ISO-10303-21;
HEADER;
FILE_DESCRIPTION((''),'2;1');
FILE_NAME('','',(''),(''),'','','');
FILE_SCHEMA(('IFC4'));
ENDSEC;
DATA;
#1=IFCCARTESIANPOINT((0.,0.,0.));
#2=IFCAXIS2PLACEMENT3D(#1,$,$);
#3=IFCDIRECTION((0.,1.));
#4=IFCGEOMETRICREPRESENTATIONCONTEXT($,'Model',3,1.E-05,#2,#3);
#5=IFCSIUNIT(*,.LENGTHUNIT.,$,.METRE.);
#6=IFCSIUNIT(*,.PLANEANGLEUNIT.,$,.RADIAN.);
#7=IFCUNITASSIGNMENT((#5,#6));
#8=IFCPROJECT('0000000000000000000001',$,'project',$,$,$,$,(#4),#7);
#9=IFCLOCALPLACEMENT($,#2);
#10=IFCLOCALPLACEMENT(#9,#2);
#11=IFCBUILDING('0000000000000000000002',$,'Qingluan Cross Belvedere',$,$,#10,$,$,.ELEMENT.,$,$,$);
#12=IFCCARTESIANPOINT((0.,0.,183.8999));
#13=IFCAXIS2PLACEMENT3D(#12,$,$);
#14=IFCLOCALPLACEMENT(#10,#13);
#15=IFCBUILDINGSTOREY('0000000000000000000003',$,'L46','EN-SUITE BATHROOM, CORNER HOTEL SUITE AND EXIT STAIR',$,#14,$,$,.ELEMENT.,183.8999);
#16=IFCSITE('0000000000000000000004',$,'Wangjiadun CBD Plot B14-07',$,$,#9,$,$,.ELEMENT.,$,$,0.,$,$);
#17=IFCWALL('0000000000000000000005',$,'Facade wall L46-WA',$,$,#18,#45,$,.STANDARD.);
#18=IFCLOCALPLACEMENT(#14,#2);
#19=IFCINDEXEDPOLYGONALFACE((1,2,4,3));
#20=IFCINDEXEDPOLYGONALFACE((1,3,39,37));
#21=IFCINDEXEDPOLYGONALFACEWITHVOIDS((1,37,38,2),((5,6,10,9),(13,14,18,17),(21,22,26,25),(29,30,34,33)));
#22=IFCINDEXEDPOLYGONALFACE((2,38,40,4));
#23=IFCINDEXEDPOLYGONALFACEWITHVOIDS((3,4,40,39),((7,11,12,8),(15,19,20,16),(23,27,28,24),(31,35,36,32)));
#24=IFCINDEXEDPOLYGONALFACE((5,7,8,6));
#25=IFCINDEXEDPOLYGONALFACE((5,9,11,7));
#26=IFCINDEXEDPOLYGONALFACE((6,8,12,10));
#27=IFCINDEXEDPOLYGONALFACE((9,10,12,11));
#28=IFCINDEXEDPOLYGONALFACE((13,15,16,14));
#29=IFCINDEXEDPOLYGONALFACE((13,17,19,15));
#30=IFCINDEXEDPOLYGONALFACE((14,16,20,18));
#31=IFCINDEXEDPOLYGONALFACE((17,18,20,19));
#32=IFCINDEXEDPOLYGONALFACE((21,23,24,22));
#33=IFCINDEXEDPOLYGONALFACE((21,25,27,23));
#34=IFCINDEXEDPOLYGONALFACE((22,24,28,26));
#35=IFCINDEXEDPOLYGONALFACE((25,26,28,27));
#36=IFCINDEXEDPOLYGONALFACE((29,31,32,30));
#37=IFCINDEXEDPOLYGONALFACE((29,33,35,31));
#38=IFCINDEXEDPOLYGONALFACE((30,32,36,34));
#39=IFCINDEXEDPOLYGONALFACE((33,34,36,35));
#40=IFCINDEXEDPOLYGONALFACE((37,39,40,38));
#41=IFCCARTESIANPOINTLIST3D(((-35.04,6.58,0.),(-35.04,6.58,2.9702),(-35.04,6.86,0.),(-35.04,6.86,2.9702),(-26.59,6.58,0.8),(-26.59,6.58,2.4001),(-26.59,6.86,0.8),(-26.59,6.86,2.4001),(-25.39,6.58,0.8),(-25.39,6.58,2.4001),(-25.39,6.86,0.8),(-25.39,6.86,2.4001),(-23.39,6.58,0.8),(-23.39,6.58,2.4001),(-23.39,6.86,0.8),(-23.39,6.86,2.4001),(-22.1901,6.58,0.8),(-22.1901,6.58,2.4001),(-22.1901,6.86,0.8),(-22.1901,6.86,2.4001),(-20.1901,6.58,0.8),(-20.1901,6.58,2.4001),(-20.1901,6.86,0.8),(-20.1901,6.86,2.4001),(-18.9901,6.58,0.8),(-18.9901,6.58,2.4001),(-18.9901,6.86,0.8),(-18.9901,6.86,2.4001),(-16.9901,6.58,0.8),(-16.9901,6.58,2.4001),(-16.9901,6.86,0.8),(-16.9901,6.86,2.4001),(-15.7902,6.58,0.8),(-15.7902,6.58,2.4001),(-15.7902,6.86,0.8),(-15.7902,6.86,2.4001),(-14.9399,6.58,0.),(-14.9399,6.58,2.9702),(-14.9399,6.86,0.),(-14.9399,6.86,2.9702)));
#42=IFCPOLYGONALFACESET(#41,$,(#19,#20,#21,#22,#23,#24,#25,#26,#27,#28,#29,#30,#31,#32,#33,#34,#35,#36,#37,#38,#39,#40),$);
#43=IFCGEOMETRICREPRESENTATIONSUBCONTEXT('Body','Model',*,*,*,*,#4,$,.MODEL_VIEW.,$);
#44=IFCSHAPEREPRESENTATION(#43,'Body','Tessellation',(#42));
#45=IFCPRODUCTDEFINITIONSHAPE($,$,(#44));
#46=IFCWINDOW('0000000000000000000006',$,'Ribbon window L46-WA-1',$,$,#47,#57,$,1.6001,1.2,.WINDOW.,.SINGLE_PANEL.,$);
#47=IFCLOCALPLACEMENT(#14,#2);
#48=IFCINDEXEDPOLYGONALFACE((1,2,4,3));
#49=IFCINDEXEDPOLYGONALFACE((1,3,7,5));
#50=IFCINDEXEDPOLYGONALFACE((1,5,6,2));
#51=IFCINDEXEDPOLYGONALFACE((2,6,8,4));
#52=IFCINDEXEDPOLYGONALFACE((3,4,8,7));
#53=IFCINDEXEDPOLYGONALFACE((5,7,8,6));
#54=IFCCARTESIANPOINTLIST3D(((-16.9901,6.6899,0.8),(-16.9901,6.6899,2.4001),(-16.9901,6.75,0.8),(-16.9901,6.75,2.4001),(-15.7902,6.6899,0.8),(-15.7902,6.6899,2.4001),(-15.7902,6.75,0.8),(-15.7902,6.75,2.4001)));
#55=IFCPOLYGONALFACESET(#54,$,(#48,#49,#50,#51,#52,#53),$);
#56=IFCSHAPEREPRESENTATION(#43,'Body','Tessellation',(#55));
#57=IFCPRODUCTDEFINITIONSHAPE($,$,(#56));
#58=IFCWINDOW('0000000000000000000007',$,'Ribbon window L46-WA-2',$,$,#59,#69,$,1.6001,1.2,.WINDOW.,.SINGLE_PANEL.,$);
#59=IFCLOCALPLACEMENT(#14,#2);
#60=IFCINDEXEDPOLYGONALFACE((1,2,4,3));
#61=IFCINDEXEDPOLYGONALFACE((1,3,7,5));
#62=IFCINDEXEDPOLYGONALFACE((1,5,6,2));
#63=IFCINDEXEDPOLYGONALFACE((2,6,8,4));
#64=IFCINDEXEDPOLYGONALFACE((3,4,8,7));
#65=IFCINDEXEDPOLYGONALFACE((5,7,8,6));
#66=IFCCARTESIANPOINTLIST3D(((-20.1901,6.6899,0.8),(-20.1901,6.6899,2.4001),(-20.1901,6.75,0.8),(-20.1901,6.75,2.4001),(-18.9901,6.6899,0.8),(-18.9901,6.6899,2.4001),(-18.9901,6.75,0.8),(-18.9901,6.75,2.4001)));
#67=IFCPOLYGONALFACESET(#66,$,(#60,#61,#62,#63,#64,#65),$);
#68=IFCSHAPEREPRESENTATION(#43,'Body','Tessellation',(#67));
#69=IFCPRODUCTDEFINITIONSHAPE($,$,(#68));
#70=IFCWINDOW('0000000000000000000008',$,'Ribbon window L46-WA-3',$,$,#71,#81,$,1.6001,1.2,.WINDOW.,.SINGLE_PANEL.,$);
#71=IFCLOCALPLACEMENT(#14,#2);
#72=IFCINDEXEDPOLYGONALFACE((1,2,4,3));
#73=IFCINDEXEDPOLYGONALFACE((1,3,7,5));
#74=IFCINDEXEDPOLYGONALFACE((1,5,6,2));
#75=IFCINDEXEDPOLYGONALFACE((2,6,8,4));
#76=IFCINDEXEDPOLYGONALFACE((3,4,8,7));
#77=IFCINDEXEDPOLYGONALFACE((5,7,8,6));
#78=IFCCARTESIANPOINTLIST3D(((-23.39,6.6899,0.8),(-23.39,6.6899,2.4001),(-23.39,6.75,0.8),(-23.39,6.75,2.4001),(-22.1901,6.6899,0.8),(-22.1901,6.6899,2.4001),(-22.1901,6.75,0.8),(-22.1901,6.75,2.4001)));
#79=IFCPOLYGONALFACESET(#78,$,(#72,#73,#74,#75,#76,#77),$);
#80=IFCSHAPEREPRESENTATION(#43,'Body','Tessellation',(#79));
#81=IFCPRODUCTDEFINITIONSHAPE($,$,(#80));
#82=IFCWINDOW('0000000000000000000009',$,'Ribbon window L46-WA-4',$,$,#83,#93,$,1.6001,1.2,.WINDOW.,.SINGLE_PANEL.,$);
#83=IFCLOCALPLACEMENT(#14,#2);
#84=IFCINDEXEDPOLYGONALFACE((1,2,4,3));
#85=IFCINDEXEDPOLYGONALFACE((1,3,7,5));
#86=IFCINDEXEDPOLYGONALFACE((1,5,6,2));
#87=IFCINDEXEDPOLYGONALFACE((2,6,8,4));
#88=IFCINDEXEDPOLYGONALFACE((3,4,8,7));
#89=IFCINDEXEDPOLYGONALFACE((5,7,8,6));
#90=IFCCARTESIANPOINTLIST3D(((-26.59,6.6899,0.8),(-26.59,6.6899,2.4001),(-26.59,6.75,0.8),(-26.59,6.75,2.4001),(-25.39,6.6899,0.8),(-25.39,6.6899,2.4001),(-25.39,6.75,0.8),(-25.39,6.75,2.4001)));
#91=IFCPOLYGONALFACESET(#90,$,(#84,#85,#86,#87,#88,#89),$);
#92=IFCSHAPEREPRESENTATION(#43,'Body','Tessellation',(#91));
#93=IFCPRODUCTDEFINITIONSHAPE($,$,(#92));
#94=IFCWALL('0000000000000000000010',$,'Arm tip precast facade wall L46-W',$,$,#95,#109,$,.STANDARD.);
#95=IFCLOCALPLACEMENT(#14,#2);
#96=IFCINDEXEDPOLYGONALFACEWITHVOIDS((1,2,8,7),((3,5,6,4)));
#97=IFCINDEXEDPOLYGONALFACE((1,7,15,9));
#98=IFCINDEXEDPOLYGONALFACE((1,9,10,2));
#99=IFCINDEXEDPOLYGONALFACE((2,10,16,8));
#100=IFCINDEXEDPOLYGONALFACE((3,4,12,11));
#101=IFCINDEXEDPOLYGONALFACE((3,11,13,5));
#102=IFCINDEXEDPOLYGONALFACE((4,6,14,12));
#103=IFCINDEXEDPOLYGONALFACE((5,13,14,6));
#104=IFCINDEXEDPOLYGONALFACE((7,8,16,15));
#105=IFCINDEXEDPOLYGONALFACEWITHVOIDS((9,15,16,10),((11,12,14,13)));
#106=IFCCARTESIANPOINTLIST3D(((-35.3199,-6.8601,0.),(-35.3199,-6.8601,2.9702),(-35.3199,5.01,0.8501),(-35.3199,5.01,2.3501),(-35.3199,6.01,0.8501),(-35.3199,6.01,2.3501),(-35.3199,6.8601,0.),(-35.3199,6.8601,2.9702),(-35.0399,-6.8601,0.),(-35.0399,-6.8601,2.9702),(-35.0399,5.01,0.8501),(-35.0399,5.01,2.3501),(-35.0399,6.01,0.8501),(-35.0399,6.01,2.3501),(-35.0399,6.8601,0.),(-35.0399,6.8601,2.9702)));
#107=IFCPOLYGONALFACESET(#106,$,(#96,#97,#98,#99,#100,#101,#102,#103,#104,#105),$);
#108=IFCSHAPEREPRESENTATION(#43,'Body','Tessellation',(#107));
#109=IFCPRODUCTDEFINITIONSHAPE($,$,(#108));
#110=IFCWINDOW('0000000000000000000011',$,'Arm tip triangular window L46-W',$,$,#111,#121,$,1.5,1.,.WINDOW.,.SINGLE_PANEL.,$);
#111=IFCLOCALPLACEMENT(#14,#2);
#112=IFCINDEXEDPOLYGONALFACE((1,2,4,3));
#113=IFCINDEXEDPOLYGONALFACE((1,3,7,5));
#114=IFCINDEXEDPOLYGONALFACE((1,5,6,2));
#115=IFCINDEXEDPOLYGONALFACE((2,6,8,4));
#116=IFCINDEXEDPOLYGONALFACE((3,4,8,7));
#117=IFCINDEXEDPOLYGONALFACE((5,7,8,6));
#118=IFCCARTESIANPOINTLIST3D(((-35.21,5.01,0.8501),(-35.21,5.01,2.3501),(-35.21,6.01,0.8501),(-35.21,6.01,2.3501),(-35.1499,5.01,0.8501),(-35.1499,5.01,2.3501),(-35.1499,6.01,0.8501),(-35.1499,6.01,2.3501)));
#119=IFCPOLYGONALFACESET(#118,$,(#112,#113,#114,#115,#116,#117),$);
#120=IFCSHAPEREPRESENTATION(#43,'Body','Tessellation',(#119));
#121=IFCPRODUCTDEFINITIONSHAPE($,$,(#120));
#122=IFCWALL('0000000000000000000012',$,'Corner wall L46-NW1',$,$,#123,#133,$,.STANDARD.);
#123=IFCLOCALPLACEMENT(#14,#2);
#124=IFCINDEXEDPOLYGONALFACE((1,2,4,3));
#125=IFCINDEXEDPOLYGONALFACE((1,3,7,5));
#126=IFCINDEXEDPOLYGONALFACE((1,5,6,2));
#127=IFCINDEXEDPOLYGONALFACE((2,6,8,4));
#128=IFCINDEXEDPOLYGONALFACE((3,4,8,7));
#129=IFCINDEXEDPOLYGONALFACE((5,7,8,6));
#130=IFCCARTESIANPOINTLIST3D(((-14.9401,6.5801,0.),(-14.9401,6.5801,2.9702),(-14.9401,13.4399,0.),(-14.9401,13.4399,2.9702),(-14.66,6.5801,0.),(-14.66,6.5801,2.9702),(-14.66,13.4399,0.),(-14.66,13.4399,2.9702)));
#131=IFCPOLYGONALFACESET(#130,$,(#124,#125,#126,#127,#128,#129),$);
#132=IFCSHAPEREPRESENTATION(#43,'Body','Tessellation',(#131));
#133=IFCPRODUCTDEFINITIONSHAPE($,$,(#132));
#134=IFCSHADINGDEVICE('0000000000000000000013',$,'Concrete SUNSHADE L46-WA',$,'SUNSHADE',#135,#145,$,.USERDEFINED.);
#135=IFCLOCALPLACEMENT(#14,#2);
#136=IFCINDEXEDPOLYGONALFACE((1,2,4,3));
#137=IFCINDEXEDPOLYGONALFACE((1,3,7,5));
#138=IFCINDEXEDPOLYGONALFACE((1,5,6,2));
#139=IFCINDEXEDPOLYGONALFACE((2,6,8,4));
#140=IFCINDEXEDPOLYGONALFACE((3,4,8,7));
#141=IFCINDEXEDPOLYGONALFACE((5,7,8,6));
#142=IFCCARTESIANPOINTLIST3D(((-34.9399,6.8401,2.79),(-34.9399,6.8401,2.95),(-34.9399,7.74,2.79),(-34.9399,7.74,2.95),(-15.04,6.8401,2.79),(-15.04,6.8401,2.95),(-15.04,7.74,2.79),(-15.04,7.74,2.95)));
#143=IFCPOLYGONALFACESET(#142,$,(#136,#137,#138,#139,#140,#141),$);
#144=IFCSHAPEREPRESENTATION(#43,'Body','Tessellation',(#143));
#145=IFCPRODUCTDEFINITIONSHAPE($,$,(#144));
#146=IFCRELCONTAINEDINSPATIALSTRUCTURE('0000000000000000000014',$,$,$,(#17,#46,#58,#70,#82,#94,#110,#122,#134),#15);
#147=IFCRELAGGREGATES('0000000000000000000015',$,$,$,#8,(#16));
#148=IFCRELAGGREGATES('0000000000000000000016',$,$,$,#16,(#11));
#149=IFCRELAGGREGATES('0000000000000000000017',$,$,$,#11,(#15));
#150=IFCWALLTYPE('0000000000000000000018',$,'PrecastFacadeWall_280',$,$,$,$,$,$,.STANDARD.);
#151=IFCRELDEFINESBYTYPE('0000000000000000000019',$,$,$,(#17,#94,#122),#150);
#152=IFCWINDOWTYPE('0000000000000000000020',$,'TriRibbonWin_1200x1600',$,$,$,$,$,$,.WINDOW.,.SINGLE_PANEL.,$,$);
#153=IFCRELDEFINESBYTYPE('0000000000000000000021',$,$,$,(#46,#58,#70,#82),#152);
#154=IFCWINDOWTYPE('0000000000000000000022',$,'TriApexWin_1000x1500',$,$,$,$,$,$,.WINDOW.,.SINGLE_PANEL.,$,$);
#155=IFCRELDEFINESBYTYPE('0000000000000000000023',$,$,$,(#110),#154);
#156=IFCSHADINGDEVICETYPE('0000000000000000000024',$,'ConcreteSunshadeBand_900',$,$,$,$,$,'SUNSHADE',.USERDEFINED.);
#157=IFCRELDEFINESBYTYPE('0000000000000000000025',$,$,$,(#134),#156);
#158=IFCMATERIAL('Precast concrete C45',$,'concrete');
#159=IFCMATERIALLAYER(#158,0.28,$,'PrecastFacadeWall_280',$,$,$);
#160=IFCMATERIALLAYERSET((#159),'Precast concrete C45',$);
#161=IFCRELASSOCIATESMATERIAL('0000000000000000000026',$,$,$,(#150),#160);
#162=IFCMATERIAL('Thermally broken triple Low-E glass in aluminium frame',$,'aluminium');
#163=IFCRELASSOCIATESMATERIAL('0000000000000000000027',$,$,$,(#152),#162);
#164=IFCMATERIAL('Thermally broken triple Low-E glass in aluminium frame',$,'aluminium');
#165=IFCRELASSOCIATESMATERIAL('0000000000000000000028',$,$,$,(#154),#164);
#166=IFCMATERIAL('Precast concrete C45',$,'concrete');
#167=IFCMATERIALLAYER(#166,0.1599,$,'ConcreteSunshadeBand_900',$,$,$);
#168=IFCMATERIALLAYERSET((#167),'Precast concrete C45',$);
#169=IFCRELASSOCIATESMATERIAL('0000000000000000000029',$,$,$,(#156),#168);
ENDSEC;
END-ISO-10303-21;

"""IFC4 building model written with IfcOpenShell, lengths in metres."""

from ifc_helpers import new_model, si_unit, direction, frame, frame_2d, origin, origin_2d, place, context, subcontext, project, spatial, rectangle, extrude, material, layer, layer_set, type_object, element, fill, save


model = new_model("IFC4")

# Units and contexts
model_context = context("Model", 3, precision=1e-05, world=origin(), true_north=direction((0.0, 1.0)))
body_context = subcontext(model_context, "Body", "Model", "MODEL_VIEW")
ifc_project = project(units=[si_unit("LENGTHUNIT", "METRE"), si_unit("PLANEANGLEUNIT", "RADIAN")], contexts=[model_context])

# Site, building, storey
site_placement = place(None, origin())
site = spatial("IfcSite", under=ifc_project, at=site_placement, Name="Wangjiadun CBD Plot B14-07", CompositionType="ELEMENT", RefElevation=0.0)
building_placement = place(site_placement, origin())
building = spatial("IfcBuilding", under=site, at=building_placement, Name="Qingluan Cross Belvedere", CompositionType="ELEMENT")
storey_placement = place(building_placement, frame((0.0, 0.0, 183.8999)))
storey = spatial("IfcBuildingStorey", under=building, at=storey_placement, Name="L46", Description="EN-SUITE BATHROOM, CORNER HOTEL SUITE AND EXIT STAIR", CompositionType="ELEMENT", Elevation=183.8999)

# Wall, openings, windows
ifc_material_1 = material(Name="Precast concrete C45", Category="concrete")
ifc_layer_1 = layer(ifc_material_1, 0.28, Name="PrecastFacadeWall_280")
ifc_layer_set_1 = layer_set([ifc_layer_1], Name="Precast concrete C45")
wall_type_1 = type_object("IfcWallType", Name="PrecastFacadeWall_280", PredefinedType="STANDARD", material=ifc_layer_set_1)
wall_1_placement = place(storey_placement, frame((-14.9399, 6.72, 0.0), z_axis=(0.0, 0.0, 1.0), x_axis=(-1.0, 0.0, 0.0)))
wall_1 = element("IfcWall", 1, at=wall_1_placement, inside=storey, type_object=wall_type_1, Name="Facade wall L46-WA", PredefinedType="STANDARD", context=body_context, shape_type="SweptSolid", body=[
    extrude(rectangle(XDim=20.1001, YDim=0.28, at=frame_2d((10.05, 0.0))), origin(), (0.0, 0.0, 1.0), 2.9702),
])
opening_1_placement = place(wall_1_placement, frame((0.8501, 0.0, 0.8)))
opening_1 = element("IfcOpeningElement", 2, at=opening_1_placement, cuts=wall_1, PredefinedType="OPENING", context=body_context, shape_type="SweptSolid", body=[
    extrude(rectangle(XDim=1.2, YDim=1.6001, at=frame_2d((0.6001, 0.8))), frame((0.0, 0.1499, 0.0), z_axis=(0.0, -1.0, 0.0), x_axis=(1.0, 0.0, 0.0)), (0.0, 0.0, 1.0), 0.3),
])
opening_2_placement = place(wall_1_placement, frame((4.05, 0.0, 0.8)))
opening_2 = element("IfcOpeningElement", 3, at=opening_2_placement, cuts=wall_1, PredefinedType="OPENING", context=body_context, shape_type="SweptSolid", body=[
    extrude(rectangle(XDim=1.2, YDim=1.6001, at=frame_2d((0.6001, 0.8))), frame((0.0, 0.1499, 0.0), z_axis=(0.0, -1.0, 0.0), x_axis=(1.0, 0.0, 0.0)), (0.0, 0.0, 1.0), 0.3),
])
opening_3_placement = place(wall_1_placement, frame((7.25, 0.0, 0.8)))
opening_3 = element("IfcOpeningElement", 4, at=opening_3_placement, cuts=wall_1, PredefinedType="OPENING", context=body_context, shape_type="SweptSolid", body=[
    extrude(rectangle(XDim=1.2, YDim=1.6001, at=frame_2d((0.6001, 0.8))), frame((0.0, 0.1499, 0.0), z_axis=(0.0, -1.0, 0.0), x_axis=(1.0, 0.0, 0.0)), (0.0, 0.0, 1.0), 0.3),
])
opening_4_placement = place(wall_1_placement, frame((10.45, 0.0, 0.8)))
opening_4 = element("IfcOpeningElement", 5, at=opening_4_placement, cuts=wall_1, PredefinedType="OPENING", context=body_context, shape_type="SweptSolid", body=[
    extrude(rectangle(XDim=1.2, YDim=1.6001, at=frame_2d((0.6001, 0.8))), frame((0.0, 0.1499, 0.0), z_axis=(0.0, -1.0, 0.0), x_axis=(1.0, 0.0, 0.0)), (0.0, 0.0, 1.0), 0.3),
])
ifc_material_2 = material(Name="Thermally broken triple Low-E glass in aluminium frame", Category="aluminium")
window_type_1 = type_object("IfcWindowType", Name="TriRibbonWin_1200x1600", PartitioningType="SINGLE_PANEL", PredefinedType="WINDOW", material=ifc_material_2)
window_1_placement = place(opening_1_placement, origin())
window_1 = element("IfcWindow", 6, at=window_1_placement, inside=storey, type_object=window_type_1, Name="Ribbon window L46-WA-1", OverallHeight=1.6001, OverallWidth=1.2, PartitioningType="SINGLE_PANEL", PredefinedType="WINDOW", context=body_context, shape_type="SweptSolid", body=[
    extrude(rectangle(XDim=1.2, YDim=1.6001, at=frame_2d((0.6001, 0.8))), frame((0.0, 0.03, 0.0), z_axis=(0.0, -1.0, 0.0), x_axis=(1.0, 0.0, 0.0)), (0.0, 0.0, 1.0), 0.0601),
])
fill(opening_1, window_1)
window_2_placement = place(opening_2_placement, origin())
window_2 = element("IfcWindow", 7, at=window_2_placement, inside=storey, type_object=window_type_1, Name="Ribbon window L46-WA-2", OverallHeight=1.6001, OverallWidth=1.2, PartitioningType="SINGLE_PANEL", PredefinedType="WINDOW", context=body_context, shape_type="SweptSolid", body=[
    extrude(rectangle(XDim=1.2, YDim=1.6001, at=frame_2d((0.6001, 0.8))), frame((0.0, 0.03, 0.0), z_axis=(0.0, -1.0, 0.0), x_axis=(1.0, 0.0, 0.0)), (0.0, 0.0, 1.0), 0.0601),
])
fill(opening_2, window_2)
window_3_placement = place(opening_3_placement, origin())
window_3 = element("IfcWindow", 8, at=window_3_placement, inside=storey, type_object=window_type_1, Name="Ribbon window L46-WA-3", OverallHeight=1.6001, OverallWidth=1.2, PartitioningType="SINGLE_PANEL", PredefinedType="WINDOW", context=body_context, shape_type="SweptSolid", body=[
    extrude(rectangle(XDim=1.2, YDim=1.6001, at=frame_2d((0.6001, 0.8))), frame((0.0, 0.03, 0.0), z_axis=(0.0, -1.0, 0.0), x_axis=(1.0, 0.0, 0.0)), (0.0, 0.0, 1.0), 0.0601),
])
fill(opening_3, window_3)
window_4_placement = place(opening_4_placement, origin())
window_4 = element("IfcWindow", 9, at=window_4_placement, inside=storey, type_object=window_type_1, Name="Ribbon window L46-WA-4", OverallHeight=1.6001, OverallWidth=1.2, PartitioningType="SINGLE_PANEL", PredefinedType="WINDOW", context=body_context, shape_type="SweptSolid", body=[
    extrude(rectangle(XDim=1.2, YDim=1.6001, at=frame_2d((0.6001, 0.8))), frame((0.0, 0.03, 0.0), z_axis=(0.0, -1.0, 0.0), x_axis=(1.0, 0.0, 0.0)), (0.0, 0.0, 1.0), 0.0601),
])
fill(opening_4, window_4)

# Wall, opening, window
wall_2_placement = place(storey_placement, frame((-35.1799, 6.8601, 0.0), z_axis=(0.0, 0.0, 1.0), x_axis=(0.0, -1.0, 0.0)))
wall_2 = element("IfcWall", 10, at=wall_2_placement, inside=storey, type_object=wall_type_1, Name="Arm tip precast facade wall L46-W", PredefinedType="STANDARD", context=body_context, shape_type="SweptSolid", body=[
    extrude(rectangle(XDim=13.7202, YDim=0.28, at=frame_2d((6.8601, 0.0))), origin(), (0.0, 0.0, 1.0), 2.9702),
])
opening_5_placement = place(wall_2_placement, frame((0.8501, 0.0, 0.8501)))
opening_5 = element("IfcOpeningElement", 11, at=opening_5_placement, cuts=wall_2, PredefinedType="OPENING", context=body_context, shape_type="SweptSolid", body=[
    extrude(rectangle(XDim=1.0, YDim=1.5, at=frame_2d((0.5, 0.75))), frame((0.0, 0.1499, 0.0), z_axis=(0.0, -1.0, 0.0), x_axis=(1.0, 0.0, 0.0)), (0.0, 0.0, 1.0), 0.3),
])
ifc_material_3 = material(Name="Thermally broken triple Low-E glass in aluminium frame", Category="aluminium")
window_type_2 = type_object("IfcWindowType", Name="TriApexWin_1000x1500", PartitioningType="SINGLE_PANEL", PredefinedType="WINDOW", material=ifc_material_3)
window_5_placement = place(opening_5_placement, origin())
window_5 = element("IfcWindow", 12, at=window_5_placement, inside=storey, type_object=window_type_2, Name="Arm tip triangular window L46-W", OverallHeight=1.5, OverallWidth=1.0, PartitioningType="SINGLE_PANEL", PredefinedType="WINDOW", context=body_context, shape_type="SweptSolid", body=[
    extrude(rectangle(XDim=1.0, YDim=1.5, at=frame_2d((0.5, 0.75))), frame((0.0, 0.03, 0.0), z_axis=(0.0, -1.0, 0.0), x_axis=(1.0, 0.0, 0.0)), (0.0, 0.0, 1.0), 0.0601),
])
fill(opening_5, window_5)

# Wall
wall_3_placement = place(storey_placement, frame((-14.8, 6.5801, 0.0), z_axis=(0.0, 0.0, 1.0), x_axis=(0.0, 1.0, 0.0)))
element("IfcWall", 13, at=wall_3_placement, inside=storey, type_object=wall_type_1, Name="Corner wall L46-NW1", PredefinedType="STANDARD", context=body_context, shape_type="SweptSolid", body=[
    extrude(rectangle(XDim=6.8599, YDim=0.28, at=frame_2d((3.4299, 0.0))), origin(), (0.0, 0.0, 1.0), 2.9702),
])

# Shading device
ifc_material_4 = material(Name="Precast concrete C45", Category="concrete")
ifc_layer_2 = layer(ifc_material_4, 0.1599, Name="ConcreteSunshadeBand_900")
ifc_layer_set_2 = layer_set([ifc_layer_2], Name="Precast concrete C45")
shading_device_type = type_object("IfcShadingDeviceType", Name="ConcreteSunshadeBand_900", ElementType="SUNSHADE", PredefinedType="USERDEFINED", material=ifc_layer_set_2)
shading_device_placement = place(storey_placement, frame((-24.99, 7.29, 2.79), z_axis=(0.0, 0.0, 1.0), x_axis=(-1.0, 0.0, 0.0)))
element("IfcShadingDevice", 14, at=shading_device_placement, inside=storey, type_object=shading_device_type, Name="Concrete SUNSHADE L46-WA", ObjectType="SUNSHADE", PredefinedType="USERDEFINED", context=body_context, shape_type="SweptSolid", body=[
    extrude(rectangle(XDim=19.8999, YDim=0.8999, at=origin_2d()), origin(), (0.0, 0.0, 1.0), 0.1599),
])

save(model, "model.ifc")
